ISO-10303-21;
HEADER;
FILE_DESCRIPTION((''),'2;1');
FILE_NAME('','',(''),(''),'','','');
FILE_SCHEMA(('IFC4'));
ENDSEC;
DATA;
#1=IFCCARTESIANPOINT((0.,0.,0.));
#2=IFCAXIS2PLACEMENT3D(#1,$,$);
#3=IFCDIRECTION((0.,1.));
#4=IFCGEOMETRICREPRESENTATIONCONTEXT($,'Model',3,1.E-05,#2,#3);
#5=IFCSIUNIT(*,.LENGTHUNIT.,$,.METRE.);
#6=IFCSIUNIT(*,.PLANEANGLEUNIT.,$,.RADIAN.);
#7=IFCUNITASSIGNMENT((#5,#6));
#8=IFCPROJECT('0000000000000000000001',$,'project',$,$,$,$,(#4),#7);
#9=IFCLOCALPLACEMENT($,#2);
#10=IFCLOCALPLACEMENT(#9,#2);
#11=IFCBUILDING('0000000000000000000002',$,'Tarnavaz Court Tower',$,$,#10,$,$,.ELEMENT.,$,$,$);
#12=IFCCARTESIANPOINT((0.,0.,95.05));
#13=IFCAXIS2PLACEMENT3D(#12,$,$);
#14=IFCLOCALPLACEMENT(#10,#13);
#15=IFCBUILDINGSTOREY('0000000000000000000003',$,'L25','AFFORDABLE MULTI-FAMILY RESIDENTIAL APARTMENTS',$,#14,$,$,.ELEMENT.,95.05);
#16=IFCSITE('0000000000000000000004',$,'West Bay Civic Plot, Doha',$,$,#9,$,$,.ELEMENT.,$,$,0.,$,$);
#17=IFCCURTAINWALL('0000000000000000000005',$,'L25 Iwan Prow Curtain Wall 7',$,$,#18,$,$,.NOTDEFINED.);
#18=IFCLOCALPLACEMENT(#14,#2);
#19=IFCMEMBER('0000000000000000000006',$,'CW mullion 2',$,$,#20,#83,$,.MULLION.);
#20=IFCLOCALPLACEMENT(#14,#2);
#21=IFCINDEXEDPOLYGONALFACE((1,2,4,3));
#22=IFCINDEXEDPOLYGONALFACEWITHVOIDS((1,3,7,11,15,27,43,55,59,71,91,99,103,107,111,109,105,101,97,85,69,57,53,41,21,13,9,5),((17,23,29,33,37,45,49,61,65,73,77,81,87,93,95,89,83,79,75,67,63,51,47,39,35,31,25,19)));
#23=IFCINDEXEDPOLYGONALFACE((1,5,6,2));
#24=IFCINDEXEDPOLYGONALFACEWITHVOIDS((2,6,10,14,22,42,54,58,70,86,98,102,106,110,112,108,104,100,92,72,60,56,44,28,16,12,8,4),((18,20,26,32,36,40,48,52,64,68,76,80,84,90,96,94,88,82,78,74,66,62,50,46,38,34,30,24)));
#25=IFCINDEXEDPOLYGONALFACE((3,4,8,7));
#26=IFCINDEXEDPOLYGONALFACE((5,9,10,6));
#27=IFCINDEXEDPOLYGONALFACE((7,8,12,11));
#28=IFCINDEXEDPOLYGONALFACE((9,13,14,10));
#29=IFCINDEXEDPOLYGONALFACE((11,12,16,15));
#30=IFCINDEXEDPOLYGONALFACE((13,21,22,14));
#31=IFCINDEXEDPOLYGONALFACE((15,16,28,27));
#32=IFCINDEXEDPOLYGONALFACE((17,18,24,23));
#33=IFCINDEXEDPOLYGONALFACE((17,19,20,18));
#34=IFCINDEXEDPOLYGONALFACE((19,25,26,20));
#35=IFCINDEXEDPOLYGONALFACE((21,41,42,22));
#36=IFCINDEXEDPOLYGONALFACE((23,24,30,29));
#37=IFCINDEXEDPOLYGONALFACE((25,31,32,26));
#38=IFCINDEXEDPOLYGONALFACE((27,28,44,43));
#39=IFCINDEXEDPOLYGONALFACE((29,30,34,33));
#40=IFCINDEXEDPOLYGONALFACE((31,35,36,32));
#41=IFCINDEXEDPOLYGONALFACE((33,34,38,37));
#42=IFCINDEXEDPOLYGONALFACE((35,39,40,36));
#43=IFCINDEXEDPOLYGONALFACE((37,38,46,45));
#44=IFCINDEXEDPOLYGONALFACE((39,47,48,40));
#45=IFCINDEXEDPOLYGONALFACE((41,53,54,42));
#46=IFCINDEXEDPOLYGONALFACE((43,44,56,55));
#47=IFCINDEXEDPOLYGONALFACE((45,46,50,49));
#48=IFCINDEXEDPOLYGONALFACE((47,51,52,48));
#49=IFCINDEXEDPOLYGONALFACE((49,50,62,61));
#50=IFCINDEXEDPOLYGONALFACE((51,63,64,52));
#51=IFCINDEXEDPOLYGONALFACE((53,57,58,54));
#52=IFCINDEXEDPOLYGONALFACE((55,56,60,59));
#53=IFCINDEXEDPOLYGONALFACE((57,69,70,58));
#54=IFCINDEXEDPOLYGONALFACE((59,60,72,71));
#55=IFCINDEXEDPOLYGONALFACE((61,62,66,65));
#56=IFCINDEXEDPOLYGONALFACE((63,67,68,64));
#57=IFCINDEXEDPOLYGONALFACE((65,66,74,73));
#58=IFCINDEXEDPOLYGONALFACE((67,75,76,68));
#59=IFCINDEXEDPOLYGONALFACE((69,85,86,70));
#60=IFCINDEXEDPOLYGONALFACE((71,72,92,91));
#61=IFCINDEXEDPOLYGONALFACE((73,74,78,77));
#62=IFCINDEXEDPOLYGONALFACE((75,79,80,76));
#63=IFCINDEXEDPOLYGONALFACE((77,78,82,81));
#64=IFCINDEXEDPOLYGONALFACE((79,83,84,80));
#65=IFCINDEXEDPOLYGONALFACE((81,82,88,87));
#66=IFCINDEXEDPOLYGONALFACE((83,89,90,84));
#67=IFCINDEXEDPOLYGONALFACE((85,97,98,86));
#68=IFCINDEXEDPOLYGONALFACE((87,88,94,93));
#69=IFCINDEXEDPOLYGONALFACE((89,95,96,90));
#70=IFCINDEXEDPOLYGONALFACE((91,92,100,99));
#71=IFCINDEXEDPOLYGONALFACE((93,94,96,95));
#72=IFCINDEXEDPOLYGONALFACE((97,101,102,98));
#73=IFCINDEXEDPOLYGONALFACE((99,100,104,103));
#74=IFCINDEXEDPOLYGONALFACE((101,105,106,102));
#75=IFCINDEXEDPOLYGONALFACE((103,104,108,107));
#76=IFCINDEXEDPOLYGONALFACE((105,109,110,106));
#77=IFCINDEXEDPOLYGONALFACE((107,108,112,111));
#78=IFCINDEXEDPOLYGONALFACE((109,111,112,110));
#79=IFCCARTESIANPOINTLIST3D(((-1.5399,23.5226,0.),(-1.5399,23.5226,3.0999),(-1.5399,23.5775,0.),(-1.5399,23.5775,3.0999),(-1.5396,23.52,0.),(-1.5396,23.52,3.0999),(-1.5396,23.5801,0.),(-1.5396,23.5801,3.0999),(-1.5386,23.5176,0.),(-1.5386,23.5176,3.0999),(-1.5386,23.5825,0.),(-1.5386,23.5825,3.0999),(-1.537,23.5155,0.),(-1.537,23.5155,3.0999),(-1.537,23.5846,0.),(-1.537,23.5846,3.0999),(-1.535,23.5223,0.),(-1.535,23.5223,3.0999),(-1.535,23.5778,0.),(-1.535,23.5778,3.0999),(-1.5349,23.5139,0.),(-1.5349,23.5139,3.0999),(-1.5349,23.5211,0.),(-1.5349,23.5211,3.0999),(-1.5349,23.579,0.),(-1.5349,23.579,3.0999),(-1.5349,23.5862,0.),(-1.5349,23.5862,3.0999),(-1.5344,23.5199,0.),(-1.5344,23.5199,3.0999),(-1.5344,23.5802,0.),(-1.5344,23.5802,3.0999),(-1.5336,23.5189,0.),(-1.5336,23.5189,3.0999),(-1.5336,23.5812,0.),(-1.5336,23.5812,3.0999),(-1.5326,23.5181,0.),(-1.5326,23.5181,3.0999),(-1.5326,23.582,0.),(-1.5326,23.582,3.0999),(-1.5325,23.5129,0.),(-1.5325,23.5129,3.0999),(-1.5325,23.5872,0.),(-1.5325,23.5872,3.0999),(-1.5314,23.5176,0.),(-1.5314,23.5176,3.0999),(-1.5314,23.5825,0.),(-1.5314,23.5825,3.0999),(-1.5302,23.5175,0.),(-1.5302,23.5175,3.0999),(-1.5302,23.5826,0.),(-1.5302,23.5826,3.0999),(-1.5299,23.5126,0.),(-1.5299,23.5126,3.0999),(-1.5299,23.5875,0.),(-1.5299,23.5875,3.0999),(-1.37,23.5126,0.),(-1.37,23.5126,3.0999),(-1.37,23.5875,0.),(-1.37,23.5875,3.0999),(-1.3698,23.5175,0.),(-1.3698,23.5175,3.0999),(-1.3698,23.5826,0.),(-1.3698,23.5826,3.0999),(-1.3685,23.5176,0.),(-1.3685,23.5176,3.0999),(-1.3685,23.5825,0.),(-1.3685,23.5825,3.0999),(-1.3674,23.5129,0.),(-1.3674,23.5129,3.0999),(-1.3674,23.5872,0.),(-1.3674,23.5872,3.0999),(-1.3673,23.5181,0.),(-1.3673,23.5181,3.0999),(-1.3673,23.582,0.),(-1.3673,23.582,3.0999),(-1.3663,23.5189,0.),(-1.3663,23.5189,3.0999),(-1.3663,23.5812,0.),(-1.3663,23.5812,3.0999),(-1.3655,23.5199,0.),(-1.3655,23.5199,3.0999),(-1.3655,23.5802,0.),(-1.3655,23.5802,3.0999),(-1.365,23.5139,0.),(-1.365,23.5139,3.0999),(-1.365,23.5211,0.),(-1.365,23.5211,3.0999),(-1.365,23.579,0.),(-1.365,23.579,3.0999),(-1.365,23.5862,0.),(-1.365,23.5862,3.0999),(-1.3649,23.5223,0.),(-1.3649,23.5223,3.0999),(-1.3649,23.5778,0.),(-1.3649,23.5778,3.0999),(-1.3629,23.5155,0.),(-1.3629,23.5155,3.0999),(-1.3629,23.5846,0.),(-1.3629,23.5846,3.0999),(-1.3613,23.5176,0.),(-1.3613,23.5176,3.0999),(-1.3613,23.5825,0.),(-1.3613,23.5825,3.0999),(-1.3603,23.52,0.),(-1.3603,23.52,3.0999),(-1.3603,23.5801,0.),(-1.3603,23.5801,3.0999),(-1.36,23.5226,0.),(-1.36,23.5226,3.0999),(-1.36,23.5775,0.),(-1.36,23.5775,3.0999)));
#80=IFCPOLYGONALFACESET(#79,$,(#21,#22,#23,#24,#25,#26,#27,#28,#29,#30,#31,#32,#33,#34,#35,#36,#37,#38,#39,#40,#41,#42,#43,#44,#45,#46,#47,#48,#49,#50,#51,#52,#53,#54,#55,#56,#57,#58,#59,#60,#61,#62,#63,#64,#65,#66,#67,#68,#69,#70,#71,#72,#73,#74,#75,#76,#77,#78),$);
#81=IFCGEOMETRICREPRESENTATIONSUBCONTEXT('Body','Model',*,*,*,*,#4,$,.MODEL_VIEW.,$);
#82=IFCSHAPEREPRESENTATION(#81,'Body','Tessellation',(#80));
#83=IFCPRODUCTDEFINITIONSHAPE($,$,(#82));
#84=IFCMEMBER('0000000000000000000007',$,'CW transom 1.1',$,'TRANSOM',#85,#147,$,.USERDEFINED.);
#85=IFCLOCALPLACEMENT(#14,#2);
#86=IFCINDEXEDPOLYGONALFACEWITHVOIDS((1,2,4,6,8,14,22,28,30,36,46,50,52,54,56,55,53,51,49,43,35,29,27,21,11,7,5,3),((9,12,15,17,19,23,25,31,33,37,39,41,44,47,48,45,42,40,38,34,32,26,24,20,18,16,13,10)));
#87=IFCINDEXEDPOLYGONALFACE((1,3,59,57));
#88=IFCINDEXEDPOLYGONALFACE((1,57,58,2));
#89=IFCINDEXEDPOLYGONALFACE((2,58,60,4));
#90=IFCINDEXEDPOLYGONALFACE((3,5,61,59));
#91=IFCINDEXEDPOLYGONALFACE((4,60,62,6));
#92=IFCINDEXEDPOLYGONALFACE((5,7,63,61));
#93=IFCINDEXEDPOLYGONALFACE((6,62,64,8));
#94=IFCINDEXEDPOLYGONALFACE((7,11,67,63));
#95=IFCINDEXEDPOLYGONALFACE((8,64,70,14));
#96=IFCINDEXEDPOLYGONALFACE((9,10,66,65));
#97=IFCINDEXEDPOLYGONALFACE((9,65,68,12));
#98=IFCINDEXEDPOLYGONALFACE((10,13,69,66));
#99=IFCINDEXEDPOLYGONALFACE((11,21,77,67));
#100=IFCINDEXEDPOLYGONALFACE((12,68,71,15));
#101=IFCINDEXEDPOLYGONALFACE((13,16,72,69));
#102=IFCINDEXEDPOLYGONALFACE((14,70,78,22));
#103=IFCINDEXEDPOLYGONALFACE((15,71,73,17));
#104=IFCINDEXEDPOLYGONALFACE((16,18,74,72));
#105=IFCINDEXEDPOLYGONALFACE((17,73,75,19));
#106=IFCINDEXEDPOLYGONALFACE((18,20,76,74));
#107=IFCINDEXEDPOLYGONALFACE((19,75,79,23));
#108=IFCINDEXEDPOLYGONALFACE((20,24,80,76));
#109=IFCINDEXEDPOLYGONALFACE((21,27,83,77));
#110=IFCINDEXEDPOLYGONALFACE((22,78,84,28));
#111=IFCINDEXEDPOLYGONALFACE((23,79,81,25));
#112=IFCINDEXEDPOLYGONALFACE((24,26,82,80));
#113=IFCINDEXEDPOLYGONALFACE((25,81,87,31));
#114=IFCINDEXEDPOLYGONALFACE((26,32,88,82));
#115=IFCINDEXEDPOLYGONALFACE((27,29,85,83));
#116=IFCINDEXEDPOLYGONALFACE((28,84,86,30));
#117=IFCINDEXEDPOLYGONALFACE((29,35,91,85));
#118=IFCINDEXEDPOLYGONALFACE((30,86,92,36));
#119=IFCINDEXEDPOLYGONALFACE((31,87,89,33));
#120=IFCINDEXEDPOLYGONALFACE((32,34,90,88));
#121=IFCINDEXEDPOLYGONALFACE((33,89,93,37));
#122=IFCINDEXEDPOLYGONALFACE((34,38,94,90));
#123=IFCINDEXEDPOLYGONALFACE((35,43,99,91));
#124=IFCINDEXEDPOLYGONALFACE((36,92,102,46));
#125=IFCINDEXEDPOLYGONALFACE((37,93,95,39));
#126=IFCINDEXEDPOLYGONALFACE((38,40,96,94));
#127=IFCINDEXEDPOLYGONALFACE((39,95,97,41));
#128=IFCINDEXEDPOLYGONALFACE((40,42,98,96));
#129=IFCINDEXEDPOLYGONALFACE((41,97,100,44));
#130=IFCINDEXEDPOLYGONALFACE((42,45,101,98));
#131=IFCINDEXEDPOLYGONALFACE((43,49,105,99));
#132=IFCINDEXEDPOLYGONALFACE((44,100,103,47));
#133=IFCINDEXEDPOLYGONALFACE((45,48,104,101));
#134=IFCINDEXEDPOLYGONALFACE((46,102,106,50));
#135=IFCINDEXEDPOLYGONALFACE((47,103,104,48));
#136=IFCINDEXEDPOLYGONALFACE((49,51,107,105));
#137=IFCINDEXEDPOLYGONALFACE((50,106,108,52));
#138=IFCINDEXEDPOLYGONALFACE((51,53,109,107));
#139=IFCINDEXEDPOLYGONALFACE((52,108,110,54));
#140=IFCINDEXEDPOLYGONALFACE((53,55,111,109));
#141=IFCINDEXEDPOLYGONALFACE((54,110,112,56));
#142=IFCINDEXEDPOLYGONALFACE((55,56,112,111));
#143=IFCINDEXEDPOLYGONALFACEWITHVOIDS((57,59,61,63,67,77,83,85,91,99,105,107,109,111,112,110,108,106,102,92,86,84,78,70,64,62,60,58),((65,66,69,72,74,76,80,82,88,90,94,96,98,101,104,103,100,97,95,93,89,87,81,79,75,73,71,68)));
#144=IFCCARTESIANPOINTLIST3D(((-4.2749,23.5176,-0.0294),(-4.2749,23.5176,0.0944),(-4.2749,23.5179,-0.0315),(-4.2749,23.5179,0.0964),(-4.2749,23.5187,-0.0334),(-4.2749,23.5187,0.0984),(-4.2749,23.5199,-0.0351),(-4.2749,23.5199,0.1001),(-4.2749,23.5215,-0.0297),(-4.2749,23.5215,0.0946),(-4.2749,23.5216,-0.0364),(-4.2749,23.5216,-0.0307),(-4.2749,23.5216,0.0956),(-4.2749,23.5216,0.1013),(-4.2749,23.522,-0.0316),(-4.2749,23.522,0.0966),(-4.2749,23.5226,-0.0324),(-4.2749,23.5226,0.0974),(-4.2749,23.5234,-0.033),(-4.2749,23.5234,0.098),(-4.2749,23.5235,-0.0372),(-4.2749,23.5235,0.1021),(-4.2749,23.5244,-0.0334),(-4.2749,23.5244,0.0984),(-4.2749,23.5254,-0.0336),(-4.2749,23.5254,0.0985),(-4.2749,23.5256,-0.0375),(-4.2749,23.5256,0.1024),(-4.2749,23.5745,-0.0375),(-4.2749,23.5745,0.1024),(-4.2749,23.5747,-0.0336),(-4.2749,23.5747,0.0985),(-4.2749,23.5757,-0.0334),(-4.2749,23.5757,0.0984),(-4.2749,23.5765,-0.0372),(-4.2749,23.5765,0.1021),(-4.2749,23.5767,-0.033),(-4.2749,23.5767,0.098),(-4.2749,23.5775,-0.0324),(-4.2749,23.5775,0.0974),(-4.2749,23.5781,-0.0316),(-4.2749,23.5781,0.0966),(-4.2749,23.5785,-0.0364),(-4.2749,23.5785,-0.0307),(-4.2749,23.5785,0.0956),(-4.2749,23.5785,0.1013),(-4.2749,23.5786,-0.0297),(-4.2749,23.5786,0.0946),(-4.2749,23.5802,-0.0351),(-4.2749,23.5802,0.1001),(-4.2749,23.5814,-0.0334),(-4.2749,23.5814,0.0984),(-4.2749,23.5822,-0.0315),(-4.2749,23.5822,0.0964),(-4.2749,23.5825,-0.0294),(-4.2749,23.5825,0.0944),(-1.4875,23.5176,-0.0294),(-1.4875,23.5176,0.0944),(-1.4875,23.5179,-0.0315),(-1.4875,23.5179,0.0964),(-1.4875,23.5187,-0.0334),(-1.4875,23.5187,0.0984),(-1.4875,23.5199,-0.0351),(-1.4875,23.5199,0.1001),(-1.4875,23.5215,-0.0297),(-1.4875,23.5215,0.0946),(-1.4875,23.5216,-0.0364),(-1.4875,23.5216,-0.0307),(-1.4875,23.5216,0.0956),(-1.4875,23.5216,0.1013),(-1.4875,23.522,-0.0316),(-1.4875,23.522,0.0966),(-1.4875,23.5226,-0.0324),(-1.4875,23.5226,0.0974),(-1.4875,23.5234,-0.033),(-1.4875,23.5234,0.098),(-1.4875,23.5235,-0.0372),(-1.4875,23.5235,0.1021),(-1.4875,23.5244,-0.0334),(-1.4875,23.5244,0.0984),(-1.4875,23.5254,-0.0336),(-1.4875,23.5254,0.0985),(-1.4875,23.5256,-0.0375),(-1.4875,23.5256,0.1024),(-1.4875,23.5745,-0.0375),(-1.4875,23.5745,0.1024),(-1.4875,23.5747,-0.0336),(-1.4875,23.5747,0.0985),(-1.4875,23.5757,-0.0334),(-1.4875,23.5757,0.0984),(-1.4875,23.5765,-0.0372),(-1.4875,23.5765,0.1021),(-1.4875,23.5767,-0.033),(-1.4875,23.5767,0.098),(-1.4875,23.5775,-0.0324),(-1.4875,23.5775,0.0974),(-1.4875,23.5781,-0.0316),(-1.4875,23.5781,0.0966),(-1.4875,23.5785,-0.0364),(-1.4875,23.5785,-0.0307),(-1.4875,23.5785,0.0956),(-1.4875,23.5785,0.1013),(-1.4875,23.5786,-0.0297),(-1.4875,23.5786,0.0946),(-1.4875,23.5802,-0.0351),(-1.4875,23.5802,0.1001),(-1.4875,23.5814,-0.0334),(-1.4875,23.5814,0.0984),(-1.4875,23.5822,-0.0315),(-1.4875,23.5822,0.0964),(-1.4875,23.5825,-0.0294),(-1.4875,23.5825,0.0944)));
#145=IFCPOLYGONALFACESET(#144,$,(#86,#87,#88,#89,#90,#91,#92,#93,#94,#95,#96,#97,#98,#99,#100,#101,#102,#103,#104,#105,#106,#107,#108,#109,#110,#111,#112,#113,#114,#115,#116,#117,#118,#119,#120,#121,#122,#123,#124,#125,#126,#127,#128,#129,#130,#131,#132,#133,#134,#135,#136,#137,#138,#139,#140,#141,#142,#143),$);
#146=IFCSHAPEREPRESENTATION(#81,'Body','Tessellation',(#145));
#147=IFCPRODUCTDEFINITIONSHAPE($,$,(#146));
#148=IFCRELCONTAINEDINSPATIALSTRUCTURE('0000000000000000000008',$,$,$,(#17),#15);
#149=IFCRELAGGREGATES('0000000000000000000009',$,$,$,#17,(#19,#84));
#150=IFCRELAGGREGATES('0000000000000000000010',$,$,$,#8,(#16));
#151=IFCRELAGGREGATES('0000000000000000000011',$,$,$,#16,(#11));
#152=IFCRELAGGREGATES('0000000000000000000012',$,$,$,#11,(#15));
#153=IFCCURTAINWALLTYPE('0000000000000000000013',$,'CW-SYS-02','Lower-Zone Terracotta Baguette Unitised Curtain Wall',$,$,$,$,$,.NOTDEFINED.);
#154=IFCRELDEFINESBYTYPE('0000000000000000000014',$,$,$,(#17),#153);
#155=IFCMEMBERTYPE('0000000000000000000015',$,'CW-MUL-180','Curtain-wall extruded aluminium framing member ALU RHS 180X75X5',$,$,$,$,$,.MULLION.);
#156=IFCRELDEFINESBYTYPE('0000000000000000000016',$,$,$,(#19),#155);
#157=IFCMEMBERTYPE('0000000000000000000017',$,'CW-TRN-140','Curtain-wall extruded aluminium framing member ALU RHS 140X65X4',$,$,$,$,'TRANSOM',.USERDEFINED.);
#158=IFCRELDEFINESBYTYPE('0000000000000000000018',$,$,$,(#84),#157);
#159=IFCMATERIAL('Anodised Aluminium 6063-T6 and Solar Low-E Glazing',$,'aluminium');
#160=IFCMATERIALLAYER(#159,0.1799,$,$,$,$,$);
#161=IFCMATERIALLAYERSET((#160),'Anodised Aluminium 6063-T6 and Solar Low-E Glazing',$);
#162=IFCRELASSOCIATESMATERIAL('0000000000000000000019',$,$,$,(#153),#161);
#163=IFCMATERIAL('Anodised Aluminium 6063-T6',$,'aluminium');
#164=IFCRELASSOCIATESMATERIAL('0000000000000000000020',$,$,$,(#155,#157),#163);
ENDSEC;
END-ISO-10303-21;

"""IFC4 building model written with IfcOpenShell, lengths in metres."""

from ifc_helpers import new_model, si_unit, direction, frame, origin, origin_2d, place, context, subcontext, project, spatial, hollow_rectangle, extrude, material, layer, layer_set, material_profile, profile_set, type_object, element, aggregate, save


model = new_model("IFC4")

# Units and contexts
model_context = context("Model", 3, precision=1e-05, world=origin(), true_north=direction((0.0, 1.0)))
body_context = subcontext(model_context, "Body", "Model", "MODEL_VIEW")
ifc_project = project(units=[si_unit("LENGTHUNIT", "METRE"), si_unit("PLANEANGLEUNIT", "RADIAN")], contexts=[model_context])

# Site, building, storey
site_placement = place(None, origin())
site = spatial("IfcSite", under=ifc_project, at=site_placement, Name="West Bay Civic Plot, Doha", CompositionType="ELEMENT", RefElevation=0.0)
building_placement = place(site_placement, origin())
building = spatial("IfcBuilding", under=site, at=building_placement, Name="Tarnavaz Court Tower", CompositionType="ELEMENT")
storey_placement = place(building_placement, frame((0.0, 0.0, 95.05)))
storey = spatial("IfcBuildingStorey", under=building, at=storey_placement, Name="L25", Description="AFFORDABLE MULTI-FAMILY RESIDENTIAL APARTMENTS", CompositionType="ELEMENT", Elevation=95.05)

# Curtain wall, members
ifc_material_1 = material(Name="Anodised Aluminium 6063-T6 and Solar Low-E Glazing", Category="aluminium")
ifc_layer_1 = layer(ifc_material_1, 0.1799)
ifc_layer_set_1 = layer_set([ifc_layer_1], Name="Anodised Aluminium 6063-T6 and Solar Low-E Glazing")
curtain_wall_type = type_object("IfcCurtainWallType", Name="CW-SYS-02", Description="Lower-Zone Terracotta Baguette Unitised Curtain Wall", PredefinedType="NOTDEFINED", material=ifc_layer_set_1)
curtain_wall_placement = place(storey_placement, origin())
curtain_wall = element("IfcCurtainWall", 1, at=curtain_wall_placement, inside=storey, type_object=curtain_wall_type, Name="L25 Iwan Prow Curtain Wall 7", PredefinedType="NOTDEFINED")
ifc_material_2 = material(Name="Anodised Aluminium 6063-T6", Category="aluminium")
ifc_material_profile_1 = material_profile(ifc_material_2, hollow_rectangle(XDim=0.075, YDim=0.1799, WallThickness=0.0049, InnerFilletRadius=0.0049, OuterFilletRadius=0.01, at=origin_2d()), Name="ALU RHS 180X75X5")
ifc_profile_set_1 = profile_set([ifc_material_profile_1], Name="Anodised Aluminium 6063-T6")
member_type_1 = type_object("IfcMemberType", Name="CW-MUL-180", Description="Curtain-wall extruded aluminium framing member ALU RHS 180X75X5", PredefinedType="MULLION", material=ifc_profile_set_1)
member_1_placement = place(storey_placement, frame((-1.45, 23.55, 0.0), z_axis=(0.0, 0.0, 1.0), x_axis=(0.0, 1.0, 0.0)))
member_1 = element("IfcMember", 2, at=member_1_placement, type_object=member_type_1, Name="CW mullion 2", PredefinedType="MULLION", context=body_context, shape_type="SweptSolid", body=[
    extrude(hollow_rectangle(XDim=0.075, YDim=0.1799, WallThickness=0.0049, InnerFilletRadius=0.0049, OuterFilletRadius=0.01, at=origin_2d()), origin(), (0.0, 0.0, 1.0), 3.0999),
])
ifc_material_profile_2 = material_profile(ifc_material_2, hollow_rectangle(XDim=0.0649, YDim=0.1399, WallThickness=0.0039, InnerFilletRadius=0.0039, OuterFilletRadius=0.0081, at=origin_2d()), Name="ALU RHS 140X65X4")
ifc_profile_set_2 = profile_set([ifc_material_profile_2], Name="Anodised Aluminium 6063-T6")
member_type_2 = type_object("IfcMemberType", Name="CW-TRN-140", Description="Curtain-wall extruded aluminium framing member ALU RHS 140X65X4", ElementType="TRANSOM", PredefinedType="USERDEFINED", material=ifc_profile_set_2)
member_2_placement = place(storey_placement, frame((-4.2749, 23.55, 0.0325), z_axis=(1.0, 0.0, 0.0), x_axis=(0.0, 1.0, 0.0)))
member_2 = element("IfcMember", 3, at=member_2_placement, type_object=member_type_2, Name="CW transom 1.1", ObjectType="TRANSOM", PredefinedType="USERDEFINED", context=body_context, shape_type="SweptSolid", body=[
    extrude(hollow_rectangle(XDim=0.0649, YDim=0.1399, WallThickness=0.0039, InnerFilletRadius=0.0039, OuterFilletRadius=0.0081, at=origin_2d()), origin(), (0.0, 0.0, 1.0), 2.7874),
])
aggregate(curtain_wall, [member_1, member_2])

save(model, "model.ifc")
